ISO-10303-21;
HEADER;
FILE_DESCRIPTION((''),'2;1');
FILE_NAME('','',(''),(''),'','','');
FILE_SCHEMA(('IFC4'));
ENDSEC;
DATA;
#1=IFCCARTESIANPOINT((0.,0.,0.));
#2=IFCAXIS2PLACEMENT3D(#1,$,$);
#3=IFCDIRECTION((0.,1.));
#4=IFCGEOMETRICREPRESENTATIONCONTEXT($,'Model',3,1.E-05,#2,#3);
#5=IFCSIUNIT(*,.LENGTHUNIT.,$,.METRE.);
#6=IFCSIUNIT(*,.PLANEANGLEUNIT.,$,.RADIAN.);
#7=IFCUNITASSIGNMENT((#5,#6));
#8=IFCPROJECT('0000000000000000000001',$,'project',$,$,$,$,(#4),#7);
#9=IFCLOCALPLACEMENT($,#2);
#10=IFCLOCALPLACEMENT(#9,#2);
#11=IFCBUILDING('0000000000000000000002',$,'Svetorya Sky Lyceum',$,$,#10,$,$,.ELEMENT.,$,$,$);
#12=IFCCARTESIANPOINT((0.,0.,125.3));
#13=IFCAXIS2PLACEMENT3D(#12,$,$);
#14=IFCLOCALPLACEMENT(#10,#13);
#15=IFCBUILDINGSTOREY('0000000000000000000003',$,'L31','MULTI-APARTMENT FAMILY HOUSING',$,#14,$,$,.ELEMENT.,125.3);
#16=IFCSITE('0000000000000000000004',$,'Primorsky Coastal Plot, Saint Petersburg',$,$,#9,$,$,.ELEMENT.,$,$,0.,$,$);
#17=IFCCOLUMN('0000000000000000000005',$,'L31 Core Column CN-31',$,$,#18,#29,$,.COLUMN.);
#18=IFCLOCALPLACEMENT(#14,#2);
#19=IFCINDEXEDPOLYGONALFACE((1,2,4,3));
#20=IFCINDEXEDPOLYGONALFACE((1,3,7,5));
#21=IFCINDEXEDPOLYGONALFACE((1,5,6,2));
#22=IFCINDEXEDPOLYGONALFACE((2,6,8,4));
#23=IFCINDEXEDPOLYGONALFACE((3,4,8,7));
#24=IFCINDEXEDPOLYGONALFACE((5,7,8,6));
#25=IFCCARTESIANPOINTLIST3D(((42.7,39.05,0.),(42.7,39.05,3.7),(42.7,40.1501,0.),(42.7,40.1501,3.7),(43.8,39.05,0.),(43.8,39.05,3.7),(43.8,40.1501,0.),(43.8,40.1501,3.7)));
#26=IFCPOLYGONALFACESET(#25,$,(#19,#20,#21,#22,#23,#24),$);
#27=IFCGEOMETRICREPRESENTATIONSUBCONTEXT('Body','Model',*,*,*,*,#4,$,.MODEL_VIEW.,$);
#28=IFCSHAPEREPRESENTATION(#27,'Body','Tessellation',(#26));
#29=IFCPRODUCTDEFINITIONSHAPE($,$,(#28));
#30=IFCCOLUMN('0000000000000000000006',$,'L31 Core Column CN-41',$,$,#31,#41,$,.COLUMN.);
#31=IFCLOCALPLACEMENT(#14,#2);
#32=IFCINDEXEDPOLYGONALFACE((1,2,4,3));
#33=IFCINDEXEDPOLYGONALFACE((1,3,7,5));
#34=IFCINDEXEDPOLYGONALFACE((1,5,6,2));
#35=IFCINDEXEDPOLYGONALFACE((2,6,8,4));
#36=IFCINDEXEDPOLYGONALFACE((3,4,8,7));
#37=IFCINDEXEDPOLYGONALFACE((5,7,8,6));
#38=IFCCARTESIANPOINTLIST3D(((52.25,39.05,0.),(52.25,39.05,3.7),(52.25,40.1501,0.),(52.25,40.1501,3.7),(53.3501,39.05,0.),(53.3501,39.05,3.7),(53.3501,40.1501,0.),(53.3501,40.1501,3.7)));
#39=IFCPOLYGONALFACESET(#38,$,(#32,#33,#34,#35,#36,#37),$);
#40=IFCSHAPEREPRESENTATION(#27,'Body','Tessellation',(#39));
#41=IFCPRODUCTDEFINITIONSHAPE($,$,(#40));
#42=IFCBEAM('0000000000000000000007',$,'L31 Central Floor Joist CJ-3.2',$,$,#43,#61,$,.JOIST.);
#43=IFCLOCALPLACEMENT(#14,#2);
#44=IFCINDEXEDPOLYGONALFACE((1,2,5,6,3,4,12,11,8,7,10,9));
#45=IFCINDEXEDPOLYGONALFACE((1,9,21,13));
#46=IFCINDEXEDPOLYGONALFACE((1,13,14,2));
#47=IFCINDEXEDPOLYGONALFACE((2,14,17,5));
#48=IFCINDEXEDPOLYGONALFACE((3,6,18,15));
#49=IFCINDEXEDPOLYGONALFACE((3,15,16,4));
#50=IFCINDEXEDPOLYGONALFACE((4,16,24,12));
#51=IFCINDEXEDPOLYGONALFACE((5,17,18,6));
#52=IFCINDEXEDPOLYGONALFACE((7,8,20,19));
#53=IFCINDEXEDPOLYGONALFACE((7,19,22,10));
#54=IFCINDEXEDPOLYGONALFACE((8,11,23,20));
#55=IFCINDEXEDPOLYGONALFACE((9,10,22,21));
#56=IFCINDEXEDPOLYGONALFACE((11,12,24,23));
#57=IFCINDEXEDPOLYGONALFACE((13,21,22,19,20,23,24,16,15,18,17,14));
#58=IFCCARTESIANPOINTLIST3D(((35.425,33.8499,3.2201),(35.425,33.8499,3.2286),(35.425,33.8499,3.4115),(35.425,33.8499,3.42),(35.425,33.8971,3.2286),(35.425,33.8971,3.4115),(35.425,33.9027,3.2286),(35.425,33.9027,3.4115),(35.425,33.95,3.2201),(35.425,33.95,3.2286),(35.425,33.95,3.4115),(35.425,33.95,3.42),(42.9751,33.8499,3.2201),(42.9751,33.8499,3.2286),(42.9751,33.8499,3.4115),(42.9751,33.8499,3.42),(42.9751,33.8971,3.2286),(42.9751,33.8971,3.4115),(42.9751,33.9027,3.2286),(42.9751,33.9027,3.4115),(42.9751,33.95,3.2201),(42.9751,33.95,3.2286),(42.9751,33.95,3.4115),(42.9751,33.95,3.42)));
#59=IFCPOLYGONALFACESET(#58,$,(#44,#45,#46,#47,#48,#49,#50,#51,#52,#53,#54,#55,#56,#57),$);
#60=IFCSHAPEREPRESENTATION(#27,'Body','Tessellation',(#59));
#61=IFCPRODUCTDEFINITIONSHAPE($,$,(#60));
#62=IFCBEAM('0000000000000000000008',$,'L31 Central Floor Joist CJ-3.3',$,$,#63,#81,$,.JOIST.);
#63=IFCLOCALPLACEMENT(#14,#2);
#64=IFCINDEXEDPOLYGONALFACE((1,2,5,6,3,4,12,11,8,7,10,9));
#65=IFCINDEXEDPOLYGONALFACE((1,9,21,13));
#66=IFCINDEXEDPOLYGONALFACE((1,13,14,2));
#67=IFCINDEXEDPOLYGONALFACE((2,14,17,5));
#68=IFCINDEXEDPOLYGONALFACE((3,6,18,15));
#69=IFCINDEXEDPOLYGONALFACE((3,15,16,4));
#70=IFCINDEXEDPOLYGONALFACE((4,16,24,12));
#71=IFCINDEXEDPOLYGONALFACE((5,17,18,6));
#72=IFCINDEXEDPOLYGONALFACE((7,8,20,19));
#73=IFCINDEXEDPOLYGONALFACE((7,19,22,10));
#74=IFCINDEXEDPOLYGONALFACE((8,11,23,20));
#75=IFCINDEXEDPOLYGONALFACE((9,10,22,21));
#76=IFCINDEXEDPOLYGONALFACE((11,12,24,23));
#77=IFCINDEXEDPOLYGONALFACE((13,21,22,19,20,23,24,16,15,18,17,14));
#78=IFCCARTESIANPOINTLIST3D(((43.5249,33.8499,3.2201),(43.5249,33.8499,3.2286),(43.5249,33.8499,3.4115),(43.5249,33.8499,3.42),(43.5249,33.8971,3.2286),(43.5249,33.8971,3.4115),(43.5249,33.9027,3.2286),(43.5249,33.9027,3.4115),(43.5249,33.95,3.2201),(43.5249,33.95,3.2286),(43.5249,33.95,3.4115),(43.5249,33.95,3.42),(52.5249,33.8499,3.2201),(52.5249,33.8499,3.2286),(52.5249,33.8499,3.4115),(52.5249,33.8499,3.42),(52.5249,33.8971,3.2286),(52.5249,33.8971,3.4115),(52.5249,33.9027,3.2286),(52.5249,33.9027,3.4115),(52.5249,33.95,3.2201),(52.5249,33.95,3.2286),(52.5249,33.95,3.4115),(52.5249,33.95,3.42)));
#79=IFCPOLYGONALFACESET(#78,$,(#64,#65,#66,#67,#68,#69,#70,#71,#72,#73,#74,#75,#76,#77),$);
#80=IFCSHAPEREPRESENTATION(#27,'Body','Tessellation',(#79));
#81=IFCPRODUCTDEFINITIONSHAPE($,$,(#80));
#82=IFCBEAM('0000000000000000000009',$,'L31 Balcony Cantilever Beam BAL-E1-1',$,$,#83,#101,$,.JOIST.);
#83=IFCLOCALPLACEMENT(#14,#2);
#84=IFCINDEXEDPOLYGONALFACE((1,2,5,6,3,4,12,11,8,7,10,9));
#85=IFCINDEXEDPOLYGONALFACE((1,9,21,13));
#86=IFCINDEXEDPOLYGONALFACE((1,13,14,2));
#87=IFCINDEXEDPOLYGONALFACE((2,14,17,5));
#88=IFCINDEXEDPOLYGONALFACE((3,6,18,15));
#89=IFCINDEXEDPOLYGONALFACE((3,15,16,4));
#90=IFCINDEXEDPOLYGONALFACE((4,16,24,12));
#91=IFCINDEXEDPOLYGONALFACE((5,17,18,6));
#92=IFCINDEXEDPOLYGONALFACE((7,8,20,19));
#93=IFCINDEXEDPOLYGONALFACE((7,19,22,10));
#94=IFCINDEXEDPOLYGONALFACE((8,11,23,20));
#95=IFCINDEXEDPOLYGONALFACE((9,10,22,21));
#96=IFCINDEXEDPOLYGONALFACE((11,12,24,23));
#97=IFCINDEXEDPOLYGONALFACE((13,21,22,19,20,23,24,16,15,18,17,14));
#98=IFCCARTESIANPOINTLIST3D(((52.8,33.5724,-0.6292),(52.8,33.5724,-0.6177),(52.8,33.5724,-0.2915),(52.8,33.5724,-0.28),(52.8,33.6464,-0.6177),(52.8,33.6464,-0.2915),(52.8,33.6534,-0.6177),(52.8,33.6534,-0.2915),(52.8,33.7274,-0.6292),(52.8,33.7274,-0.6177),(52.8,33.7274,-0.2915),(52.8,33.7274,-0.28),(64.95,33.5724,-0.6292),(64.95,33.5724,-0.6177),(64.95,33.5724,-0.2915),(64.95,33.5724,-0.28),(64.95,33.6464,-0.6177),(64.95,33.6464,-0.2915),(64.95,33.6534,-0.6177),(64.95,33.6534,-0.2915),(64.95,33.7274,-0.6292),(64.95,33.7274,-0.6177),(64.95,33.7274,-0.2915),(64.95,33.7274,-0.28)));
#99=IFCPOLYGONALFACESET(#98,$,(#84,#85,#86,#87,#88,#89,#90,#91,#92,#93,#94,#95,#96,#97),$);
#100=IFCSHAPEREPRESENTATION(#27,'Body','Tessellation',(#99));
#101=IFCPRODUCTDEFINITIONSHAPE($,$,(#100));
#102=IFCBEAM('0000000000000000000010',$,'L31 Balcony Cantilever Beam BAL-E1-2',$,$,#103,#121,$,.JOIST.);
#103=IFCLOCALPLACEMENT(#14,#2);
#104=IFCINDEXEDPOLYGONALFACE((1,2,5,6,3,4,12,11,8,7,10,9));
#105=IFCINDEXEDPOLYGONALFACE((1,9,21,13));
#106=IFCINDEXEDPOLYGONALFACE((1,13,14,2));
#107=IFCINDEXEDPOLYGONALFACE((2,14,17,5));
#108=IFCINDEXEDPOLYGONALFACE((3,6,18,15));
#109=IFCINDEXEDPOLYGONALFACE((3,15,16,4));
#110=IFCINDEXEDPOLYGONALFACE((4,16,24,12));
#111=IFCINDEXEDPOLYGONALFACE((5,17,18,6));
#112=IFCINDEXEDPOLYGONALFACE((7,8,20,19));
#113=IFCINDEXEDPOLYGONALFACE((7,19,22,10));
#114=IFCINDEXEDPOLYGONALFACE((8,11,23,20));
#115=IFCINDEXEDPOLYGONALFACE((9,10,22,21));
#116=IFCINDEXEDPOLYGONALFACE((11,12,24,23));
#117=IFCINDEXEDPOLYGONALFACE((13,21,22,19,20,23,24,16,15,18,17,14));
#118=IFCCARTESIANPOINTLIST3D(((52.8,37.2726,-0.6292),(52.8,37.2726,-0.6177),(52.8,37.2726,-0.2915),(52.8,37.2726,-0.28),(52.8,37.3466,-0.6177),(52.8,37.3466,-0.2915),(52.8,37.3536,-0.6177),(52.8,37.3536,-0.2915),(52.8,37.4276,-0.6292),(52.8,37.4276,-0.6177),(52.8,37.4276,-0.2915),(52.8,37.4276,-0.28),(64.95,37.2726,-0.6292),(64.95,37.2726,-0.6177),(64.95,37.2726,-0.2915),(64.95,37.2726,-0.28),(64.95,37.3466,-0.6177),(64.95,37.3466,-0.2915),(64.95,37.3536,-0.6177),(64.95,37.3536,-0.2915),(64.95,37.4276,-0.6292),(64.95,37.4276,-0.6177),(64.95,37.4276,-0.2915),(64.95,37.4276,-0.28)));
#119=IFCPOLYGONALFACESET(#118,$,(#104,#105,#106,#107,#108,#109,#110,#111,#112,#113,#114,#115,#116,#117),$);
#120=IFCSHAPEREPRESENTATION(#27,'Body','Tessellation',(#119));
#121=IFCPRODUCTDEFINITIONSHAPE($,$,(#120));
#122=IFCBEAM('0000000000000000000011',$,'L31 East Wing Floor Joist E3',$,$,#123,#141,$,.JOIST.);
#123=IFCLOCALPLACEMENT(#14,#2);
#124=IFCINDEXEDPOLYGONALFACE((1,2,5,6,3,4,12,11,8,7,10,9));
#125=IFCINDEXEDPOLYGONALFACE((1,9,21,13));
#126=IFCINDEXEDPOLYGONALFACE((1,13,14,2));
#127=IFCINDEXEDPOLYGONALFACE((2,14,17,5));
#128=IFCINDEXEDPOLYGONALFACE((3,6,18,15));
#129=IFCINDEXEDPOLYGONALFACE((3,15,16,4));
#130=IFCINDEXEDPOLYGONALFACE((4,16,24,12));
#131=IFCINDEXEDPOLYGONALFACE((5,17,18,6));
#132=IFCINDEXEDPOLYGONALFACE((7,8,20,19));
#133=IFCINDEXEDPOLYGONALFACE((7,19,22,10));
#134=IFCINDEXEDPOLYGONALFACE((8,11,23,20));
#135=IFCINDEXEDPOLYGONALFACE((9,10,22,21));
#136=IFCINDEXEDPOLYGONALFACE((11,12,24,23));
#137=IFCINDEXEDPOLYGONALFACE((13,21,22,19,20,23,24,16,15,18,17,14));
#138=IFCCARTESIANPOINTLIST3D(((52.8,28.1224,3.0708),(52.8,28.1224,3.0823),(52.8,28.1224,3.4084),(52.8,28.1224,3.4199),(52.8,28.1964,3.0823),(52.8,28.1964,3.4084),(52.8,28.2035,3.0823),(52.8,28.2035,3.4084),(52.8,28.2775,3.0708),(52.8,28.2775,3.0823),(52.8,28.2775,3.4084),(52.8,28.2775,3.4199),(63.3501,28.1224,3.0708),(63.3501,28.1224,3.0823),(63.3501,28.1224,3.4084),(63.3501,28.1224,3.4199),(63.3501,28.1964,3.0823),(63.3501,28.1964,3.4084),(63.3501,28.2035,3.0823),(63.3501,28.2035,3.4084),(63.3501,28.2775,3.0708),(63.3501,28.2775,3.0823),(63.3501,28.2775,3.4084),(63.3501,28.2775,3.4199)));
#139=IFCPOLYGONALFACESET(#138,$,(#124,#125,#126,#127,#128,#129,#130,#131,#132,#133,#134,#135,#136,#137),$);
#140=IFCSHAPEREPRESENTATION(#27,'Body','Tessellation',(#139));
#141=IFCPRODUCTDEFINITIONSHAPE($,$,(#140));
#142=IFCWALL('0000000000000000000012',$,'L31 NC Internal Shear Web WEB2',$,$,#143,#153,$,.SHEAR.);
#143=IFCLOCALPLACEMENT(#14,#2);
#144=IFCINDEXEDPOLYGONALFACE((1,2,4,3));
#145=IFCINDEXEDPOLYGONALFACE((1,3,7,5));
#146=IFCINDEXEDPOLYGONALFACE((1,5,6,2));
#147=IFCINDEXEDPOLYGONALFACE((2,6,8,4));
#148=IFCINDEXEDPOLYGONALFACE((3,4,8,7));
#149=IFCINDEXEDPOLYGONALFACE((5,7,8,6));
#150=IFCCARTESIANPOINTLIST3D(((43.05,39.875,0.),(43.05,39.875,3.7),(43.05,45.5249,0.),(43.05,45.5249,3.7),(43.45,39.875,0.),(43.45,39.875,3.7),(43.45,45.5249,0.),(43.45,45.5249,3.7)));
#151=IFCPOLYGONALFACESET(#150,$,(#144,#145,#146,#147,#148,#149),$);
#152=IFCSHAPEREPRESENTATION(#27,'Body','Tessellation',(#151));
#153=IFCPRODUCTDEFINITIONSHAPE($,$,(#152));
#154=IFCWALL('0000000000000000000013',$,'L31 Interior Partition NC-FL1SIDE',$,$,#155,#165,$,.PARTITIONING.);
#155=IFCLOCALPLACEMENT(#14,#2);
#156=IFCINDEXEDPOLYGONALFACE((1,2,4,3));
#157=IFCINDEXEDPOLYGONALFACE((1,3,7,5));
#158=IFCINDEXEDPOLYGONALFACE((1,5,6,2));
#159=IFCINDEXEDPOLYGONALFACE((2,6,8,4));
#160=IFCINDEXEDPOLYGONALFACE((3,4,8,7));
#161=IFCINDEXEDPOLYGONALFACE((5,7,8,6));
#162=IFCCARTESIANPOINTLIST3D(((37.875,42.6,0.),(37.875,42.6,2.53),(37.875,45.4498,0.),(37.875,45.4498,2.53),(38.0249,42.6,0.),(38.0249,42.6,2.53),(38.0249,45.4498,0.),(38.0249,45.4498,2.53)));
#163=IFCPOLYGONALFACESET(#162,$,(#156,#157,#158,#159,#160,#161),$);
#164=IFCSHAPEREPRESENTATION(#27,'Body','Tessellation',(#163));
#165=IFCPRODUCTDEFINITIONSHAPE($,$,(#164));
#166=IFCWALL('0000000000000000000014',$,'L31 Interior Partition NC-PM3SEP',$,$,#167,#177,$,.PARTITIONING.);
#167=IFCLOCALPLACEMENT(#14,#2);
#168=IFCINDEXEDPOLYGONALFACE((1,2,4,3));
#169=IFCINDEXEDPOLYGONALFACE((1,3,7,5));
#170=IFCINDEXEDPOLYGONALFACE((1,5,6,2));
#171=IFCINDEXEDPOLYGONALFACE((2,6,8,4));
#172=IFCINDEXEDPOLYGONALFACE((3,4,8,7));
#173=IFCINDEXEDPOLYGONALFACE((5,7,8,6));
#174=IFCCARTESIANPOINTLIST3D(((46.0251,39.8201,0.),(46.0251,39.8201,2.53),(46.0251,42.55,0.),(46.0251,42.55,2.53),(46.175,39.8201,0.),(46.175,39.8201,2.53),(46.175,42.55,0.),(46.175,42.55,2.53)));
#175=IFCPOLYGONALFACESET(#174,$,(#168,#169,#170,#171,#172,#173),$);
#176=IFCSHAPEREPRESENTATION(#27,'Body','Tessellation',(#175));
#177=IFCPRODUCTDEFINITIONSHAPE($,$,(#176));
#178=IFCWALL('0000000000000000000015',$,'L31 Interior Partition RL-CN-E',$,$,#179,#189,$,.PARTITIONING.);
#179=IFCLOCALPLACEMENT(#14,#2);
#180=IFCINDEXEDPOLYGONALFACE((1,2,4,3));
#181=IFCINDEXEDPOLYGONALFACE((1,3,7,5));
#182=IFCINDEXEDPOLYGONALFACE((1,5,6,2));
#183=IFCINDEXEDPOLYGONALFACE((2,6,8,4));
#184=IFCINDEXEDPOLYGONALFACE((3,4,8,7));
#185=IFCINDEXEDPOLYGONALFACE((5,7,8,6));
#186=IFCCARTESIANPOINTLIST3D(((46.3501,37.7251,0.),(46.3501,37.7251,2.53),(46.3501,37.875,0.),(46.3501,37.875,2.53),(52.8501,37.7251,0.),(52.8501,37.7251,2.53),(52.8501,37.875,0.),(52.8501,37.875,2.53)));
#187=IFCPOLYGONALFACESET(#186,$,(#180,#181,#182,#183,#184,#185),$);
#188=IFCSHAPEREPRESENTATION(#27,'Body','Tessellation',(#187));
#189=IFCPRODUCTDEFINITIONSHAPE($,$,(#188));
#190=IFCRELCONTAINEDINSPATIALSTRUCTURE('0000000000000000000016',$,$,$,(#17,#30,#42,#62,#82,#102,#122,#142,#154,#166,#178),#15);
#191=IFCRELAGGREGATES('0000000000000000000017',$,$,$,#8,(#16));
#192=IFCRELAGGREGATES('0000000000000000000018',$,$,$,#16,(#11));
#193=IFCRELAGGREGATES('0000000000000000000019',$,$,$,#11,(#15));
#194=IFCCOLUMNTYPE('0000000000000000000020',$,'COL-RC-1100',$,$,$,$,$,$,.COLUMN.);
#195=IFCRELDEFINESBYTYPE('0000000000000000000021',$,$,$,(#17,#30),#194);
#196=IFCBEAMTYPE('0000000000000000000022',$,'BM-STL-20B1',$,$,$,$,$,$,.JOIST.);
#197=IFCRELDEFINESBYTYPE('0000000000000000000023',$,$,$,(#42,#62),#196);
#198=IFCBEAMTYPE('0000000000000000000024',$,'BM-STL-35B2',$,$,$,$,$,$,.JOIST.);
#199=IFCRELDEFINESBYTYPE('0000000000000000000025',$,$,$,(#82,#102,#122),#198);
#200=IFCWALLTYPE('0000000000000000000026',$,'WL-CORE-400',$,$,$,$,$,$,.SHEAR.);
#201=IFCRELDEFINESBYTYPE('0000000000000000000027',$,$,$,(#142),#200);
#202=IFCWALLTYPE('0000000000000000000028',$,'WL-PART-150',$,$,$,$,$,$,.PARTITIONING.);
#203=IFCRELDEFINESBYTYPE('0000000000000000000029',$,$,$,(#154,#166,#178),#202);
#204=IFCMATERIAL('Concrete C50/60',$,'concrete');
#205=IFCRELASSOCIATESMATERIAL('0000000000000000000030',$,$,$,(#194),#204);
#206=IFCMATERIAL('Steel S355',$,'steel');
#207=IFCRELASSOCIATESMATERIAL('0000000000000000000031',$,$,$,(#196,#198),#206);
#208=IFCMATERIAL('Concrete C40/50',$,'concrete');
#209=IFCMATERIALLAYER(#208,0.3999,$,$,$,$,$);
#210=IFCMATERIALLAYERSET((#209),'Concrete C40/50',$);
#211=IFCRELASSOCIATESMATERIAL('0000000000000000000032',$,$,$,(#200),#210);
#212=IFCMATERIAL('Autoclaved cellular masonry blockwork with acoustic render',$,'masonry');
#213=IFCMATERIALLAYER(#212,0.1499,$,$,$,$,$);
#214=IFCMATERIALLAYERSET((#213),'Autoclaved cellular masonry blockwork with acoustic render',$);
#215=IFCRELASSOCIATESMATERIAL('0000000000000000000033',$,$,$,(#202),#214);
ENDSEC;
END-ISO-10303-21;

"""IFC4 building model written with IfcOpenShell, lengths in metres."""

from ifc_helpers import new_model, si_unit, direction, frame, frame_2d, origin, origin_2d, place, context, subcontext, project, spatial, rectangle, i_section, extrude, material, layer, layer_set, material_profile, profile_set, type_object, element, save


model = new_model("IFC4")

# Units and contexts
model_context = context("Model", 3, precision=1e-05, world=origin(), true_north=direction((0.0, 1.0)))
body_context = subcontext(model_context, "Body", "Model", "MODEL_VIEW")
ifc_project = project(units=[si_unit("LENGTHUNIT", "METRE"), si_unit("PLANEANGLEUNIT", "RADIAN")], contexts=[model_context])

# Site, building, storey
site_placement = place(None, origin())
site = spatial("IfcSite", under=ifc_project, at=site_placement, Name="Primorsky Coastal Plot, Saint Petersburg", CompositionType="ELEMENT", RefElevation=0.0)
building_placement = place(site_placement, origin())
building = spatial("IfcBuilding", under=site, at=building_placement, Name="Svetorya Sky Lyceum", CompositionType="ELEMENT")
storey_placement = place(building_placement, frame((0.0, 0.0, 125.3)))
storey = spatial("IfcBuildingStorey", under=building, at=storey_placement, Name="L31", Description="MULTI-APARTMENT FAMILY HOUSING", CompositionType="ELEMENT", Elevation=125.3)

# Columns
ifc_material_1 = material(Name="Concrete C50/60", Category="concrete")
ifc_material_profile_1 = material_profile(ifc_material_1, rectangle(XDim=1.1001, YDim=1.1001, at=origin_2d()), Name="RC COL 1100x1100")
ifc_profile_set_1 = profile_set([ifc_material_profile_1], Name="Concrete C50/60")
column_type = type_object("IfcColumnType", Name="COL-RC-1100", PredefinedType="COLUMN", material=ifc_profile_set_1)
for number, where, z_axis, x_axis, name in (
    (1, (43.25, 39.6001, 0.0), (0.0, 0.0, 1.0), (1.0, 0.0, 0.0), "L31 Core Column CN-31"),
    (2, (52.8, 39.6001, 0.0), (0.0, 0.0, 1.0), (1.0, 0.0, 0.0), "L31 Core Column CN-41"),
):
    element("IfcColumn", number, at=place(storey_placement, frame(where, z_axis=z_axis, x_axis=x_axis)), inside=storey, type_object=column_type, Name=name, PredefinedType="COLUMN", context=body_context, shape_type="SweptSolid", body=[
        extrude(rectangle(XDim=1.1001, YDim=1.1001, at=origin_2d()), origin(), (0.0, 0.0, 1.0), 3.7),
    ])

# Beams
ifc_material_2 = material(Name="Steel S355", Category="steel")
ifc_material_profile_2 = material_profile(ifc_material_2, i_section(OverallWidth=0.1001, OverallDepth=0.2, WebThickness=0.0056, FlangeThickness=0.0085, at=origin_2d()), Name="GOST 20B1")
ifc_profile_set_2 = profile_set([ifc_material_profile_2], Name="Steel S355")
beam_type_1 = type_object("IfcBeamType", Name="BM-STL-20B1", PredefinedType="JOIST", material=ifc_profile_set_2)
beam_1_placement = place(storey_placement, frame((35.425, 33.8999, 3.3201), z_axis=(1.0, 0.0, 0.0), x_axis=(0.0, 1.0, 0.0)))
element("IfcBeam", 3, at=beam_1_placement, inside=storey, type_object=beam_type_1, Name="L31 Central Floor Joist CJ-3.2", PredefinedType="JOIST", context=body_context, shape_type="SweptSolid", body=[
    extrude(i_section(OverallWidth=0.1001, OverallDepth=0.2, WebThickness=0.0056, FlangeThickness=0.0085, at=origin_2d()), origin(), (0.0, 0.0, 1.0), 7.55),
])
beam_2_placement = place(storey_placement, frame((43.5249, 33.8999, 3.3201), z_axis=(1.0, 0.0, 0.0), x_axis=(0.0, 1.0, 0.0)))
element("IfcBeam", 4, at=beam_2_placement, inside=storey, type_object=beam_type_1, Name="L31 Central Floor Joist CJ-3.3", PredefinedType="JOIST", context=body_context, shape_type="SweptSolid", body=[
    extrude(i_section(OverallWidth=0.1001, OverallDepth=0.2, WebThickness=0.0056, FlangeThickness=0.0085, at=origin_2d()), origin(), (0.0, 0.0, 1.0), 9.0),
])
ifc_material_profile_3 = material_profile(ifc_material_2, i_section(OverallWidth=0.155, OverallDepth=0.3491, WebThickness=0.0071, FlangeThickness=0.0115, at=origin_2d()), Name="GOST 35B2")
ifc_profile_set_3 = profile_set([ifc_material_profile_3], Name="Steel S355")
beam_type_2 = type_object("IfcBeamType", Name="BM-STL-35B2", PredefinedType="JOIST", material=ifc_profile_set_3)
for number, where, z_axis, x_axis, name in (
    (5, (52.8, 33.6499, -0.4546), (1.0, 0.0, 0.0), (0.0, 1.0, 0.0), "L31 Balcony Cantilever Beam BAL-E1-1"),
    (6, (52.8, 37.3501, -0.4546), (1.0, 0.0, 0.0), (0.0, 1.0, 0.0), "L31 Balcony Cantilever Beam BAL-E1-2"),
):
    element("IfcBeam", number, at=place(storey_placement, frame(where, z_axis=z_axis, x_axis=x_axis)), inside=storey, type_object=beam_type_2, Name=name, PredefinedType="JOIST", context=body_context, shape_type="SweptSolid", body=[
        extrude(i_section(OverallWidth=0.155, OverallDepth=0.3491, WebThickness=0.0071, FlangeThickness=0.0115, at=origin_2d()), origin(), (0.0, 0.0, 1.0), 12.1499),
    ])
beam_3_placement = place(storey_placement, frame((52.8, 28.2, 3.2454), z_axis=(1.0, 0.0, 0.0), x_axis=(0.0, 1.0, 0.0)))
element("IfcBeam", 7, at=beam_3_placement, inside=storey, type_object=beam_type_2, Name="L31 East Wing Floor Joist E3", PredefinedType="JOIST", context=body_context, shape_type="SweptSolid", body=[
    extrude(i_section(OverallWidth=0.155, OverallDepth=0.3491, WebThickness=0.0071, FlangeThickness=0.0115, at=origin_2d()), origin(), (0.0, 0.0, 1.0), 10.55),
])

# Wall
ifc_material_3 = material(Name="Concrete C40/50", Category="concrete")
ifc_layer_1 = layer(ifc_material_3, 0.3999)
ifc_layer_set_1 = layer_set([ifc_layer_1], Name="Concrete C40/50")
wall_type_1 = type_object("IfcWallType", Name="WL-CORE-400", PredefinedType="SHEAR", material=ifc_layer_set_1)
wall_1_placement = place(storey_placement, frame((43.25, 39.875, 0.0), z_axis=(0.0, 0.0, 1.0), x_axis=(0.0, 1.0, 0.0)))
element("IfcWall", 8, at=wall_1_placement, inside=storey, type_object=wall_type_1, Name="L31 NC Internal Shear Web WEB2", PredefinedType="SHEAR", context=body_context, shape_type="SweptSolid", body=[
    extrude(rectangle(XDim=5.6499, YDim=0.3999, at=frame_2d((2.825, 0.0))), origin(), (0.0, 0.0, 1.0), 3.7),
])

# Walls
ifc_material_4 = material(Name="Autoclaved cellular masonry blockwork with acoustic render", Category="masonry")
ifc_layer_2 = layer(ifc_material_4, 0.1499)
ifc_layer_set_2 = layer_set([ifc_layer_2], Name="Autoclaved cellular masonry blockwork with acoustic render")
wall_type_2 = type_object("IfcWallType", Name="WL-PART-150", PredefinedType="PARTITIONING", material=ifc_layer_set_2)
wall_2_placement = place(storey_placement, frame((37.95, 42.6001, 0.0), z_axis=(0.0, 0.0, 1.0), x_axis=(0.0, 1.0, 0.0)))
element("IfcWall", 9, at=wall_2_placement, inside=storey, type_object=wall_type_2, Name="L31 Interior Partition NC-FL1SIDE", PredefinedType="PARTITIONING", context=body_context, shape_type="SweptSolid", body=[
    extrude(rectangle(XDim=2.8499, YDim=0.1499, at=frame_2d((1.4248, 0.0))), origin(), (0.0, 0.0, 1.0), 2.53),
])
wall_3_placement = place(storey_placement, frame((46.1001, 39.8201, 0.0), z_axis=(0.0, 0.0, 1.0), x_axis=(0.0, 1.0, 0.0)))
element("IfcWall", 10, at=wall_3_placement, inside=storey, type_object=wall_type_2, Name="L31 Interior Partition NC-PM3SEP", PredefinedType="PARTITIONING", context=body_context, shape_type="SweptSolid", body=[
    extrude(rectangle(XDim=2.73, YDim=0.1499, at=frame_2d((1.365, 0.0))), origin(), (0.0, 0.0, 1.0), 2.53),
])
wall_4_placement = place(storey_placement, frame((46.3501, 37.8, 0.0), z_axis=(0.0, 0.0, 1.0), x_axis=(1.0, 0.0, 0.0)))
element("IfcWall", 11, at=wall_4_placement, inside=storey, type_object=wall_type_2, Name="L31 Interior Partition RL-CN-E", PredefinedType="PARTITIONING", context=body_context, shape_type="SweptSolid", body=[
    extrude(rectangle(XDim=6.5, YDim=0.1499, at=frame_2d((3.25, 0.0))), origin(), (0.0, 0.0, 1.0), 2.53),
])

save(model, "model.ifc")
